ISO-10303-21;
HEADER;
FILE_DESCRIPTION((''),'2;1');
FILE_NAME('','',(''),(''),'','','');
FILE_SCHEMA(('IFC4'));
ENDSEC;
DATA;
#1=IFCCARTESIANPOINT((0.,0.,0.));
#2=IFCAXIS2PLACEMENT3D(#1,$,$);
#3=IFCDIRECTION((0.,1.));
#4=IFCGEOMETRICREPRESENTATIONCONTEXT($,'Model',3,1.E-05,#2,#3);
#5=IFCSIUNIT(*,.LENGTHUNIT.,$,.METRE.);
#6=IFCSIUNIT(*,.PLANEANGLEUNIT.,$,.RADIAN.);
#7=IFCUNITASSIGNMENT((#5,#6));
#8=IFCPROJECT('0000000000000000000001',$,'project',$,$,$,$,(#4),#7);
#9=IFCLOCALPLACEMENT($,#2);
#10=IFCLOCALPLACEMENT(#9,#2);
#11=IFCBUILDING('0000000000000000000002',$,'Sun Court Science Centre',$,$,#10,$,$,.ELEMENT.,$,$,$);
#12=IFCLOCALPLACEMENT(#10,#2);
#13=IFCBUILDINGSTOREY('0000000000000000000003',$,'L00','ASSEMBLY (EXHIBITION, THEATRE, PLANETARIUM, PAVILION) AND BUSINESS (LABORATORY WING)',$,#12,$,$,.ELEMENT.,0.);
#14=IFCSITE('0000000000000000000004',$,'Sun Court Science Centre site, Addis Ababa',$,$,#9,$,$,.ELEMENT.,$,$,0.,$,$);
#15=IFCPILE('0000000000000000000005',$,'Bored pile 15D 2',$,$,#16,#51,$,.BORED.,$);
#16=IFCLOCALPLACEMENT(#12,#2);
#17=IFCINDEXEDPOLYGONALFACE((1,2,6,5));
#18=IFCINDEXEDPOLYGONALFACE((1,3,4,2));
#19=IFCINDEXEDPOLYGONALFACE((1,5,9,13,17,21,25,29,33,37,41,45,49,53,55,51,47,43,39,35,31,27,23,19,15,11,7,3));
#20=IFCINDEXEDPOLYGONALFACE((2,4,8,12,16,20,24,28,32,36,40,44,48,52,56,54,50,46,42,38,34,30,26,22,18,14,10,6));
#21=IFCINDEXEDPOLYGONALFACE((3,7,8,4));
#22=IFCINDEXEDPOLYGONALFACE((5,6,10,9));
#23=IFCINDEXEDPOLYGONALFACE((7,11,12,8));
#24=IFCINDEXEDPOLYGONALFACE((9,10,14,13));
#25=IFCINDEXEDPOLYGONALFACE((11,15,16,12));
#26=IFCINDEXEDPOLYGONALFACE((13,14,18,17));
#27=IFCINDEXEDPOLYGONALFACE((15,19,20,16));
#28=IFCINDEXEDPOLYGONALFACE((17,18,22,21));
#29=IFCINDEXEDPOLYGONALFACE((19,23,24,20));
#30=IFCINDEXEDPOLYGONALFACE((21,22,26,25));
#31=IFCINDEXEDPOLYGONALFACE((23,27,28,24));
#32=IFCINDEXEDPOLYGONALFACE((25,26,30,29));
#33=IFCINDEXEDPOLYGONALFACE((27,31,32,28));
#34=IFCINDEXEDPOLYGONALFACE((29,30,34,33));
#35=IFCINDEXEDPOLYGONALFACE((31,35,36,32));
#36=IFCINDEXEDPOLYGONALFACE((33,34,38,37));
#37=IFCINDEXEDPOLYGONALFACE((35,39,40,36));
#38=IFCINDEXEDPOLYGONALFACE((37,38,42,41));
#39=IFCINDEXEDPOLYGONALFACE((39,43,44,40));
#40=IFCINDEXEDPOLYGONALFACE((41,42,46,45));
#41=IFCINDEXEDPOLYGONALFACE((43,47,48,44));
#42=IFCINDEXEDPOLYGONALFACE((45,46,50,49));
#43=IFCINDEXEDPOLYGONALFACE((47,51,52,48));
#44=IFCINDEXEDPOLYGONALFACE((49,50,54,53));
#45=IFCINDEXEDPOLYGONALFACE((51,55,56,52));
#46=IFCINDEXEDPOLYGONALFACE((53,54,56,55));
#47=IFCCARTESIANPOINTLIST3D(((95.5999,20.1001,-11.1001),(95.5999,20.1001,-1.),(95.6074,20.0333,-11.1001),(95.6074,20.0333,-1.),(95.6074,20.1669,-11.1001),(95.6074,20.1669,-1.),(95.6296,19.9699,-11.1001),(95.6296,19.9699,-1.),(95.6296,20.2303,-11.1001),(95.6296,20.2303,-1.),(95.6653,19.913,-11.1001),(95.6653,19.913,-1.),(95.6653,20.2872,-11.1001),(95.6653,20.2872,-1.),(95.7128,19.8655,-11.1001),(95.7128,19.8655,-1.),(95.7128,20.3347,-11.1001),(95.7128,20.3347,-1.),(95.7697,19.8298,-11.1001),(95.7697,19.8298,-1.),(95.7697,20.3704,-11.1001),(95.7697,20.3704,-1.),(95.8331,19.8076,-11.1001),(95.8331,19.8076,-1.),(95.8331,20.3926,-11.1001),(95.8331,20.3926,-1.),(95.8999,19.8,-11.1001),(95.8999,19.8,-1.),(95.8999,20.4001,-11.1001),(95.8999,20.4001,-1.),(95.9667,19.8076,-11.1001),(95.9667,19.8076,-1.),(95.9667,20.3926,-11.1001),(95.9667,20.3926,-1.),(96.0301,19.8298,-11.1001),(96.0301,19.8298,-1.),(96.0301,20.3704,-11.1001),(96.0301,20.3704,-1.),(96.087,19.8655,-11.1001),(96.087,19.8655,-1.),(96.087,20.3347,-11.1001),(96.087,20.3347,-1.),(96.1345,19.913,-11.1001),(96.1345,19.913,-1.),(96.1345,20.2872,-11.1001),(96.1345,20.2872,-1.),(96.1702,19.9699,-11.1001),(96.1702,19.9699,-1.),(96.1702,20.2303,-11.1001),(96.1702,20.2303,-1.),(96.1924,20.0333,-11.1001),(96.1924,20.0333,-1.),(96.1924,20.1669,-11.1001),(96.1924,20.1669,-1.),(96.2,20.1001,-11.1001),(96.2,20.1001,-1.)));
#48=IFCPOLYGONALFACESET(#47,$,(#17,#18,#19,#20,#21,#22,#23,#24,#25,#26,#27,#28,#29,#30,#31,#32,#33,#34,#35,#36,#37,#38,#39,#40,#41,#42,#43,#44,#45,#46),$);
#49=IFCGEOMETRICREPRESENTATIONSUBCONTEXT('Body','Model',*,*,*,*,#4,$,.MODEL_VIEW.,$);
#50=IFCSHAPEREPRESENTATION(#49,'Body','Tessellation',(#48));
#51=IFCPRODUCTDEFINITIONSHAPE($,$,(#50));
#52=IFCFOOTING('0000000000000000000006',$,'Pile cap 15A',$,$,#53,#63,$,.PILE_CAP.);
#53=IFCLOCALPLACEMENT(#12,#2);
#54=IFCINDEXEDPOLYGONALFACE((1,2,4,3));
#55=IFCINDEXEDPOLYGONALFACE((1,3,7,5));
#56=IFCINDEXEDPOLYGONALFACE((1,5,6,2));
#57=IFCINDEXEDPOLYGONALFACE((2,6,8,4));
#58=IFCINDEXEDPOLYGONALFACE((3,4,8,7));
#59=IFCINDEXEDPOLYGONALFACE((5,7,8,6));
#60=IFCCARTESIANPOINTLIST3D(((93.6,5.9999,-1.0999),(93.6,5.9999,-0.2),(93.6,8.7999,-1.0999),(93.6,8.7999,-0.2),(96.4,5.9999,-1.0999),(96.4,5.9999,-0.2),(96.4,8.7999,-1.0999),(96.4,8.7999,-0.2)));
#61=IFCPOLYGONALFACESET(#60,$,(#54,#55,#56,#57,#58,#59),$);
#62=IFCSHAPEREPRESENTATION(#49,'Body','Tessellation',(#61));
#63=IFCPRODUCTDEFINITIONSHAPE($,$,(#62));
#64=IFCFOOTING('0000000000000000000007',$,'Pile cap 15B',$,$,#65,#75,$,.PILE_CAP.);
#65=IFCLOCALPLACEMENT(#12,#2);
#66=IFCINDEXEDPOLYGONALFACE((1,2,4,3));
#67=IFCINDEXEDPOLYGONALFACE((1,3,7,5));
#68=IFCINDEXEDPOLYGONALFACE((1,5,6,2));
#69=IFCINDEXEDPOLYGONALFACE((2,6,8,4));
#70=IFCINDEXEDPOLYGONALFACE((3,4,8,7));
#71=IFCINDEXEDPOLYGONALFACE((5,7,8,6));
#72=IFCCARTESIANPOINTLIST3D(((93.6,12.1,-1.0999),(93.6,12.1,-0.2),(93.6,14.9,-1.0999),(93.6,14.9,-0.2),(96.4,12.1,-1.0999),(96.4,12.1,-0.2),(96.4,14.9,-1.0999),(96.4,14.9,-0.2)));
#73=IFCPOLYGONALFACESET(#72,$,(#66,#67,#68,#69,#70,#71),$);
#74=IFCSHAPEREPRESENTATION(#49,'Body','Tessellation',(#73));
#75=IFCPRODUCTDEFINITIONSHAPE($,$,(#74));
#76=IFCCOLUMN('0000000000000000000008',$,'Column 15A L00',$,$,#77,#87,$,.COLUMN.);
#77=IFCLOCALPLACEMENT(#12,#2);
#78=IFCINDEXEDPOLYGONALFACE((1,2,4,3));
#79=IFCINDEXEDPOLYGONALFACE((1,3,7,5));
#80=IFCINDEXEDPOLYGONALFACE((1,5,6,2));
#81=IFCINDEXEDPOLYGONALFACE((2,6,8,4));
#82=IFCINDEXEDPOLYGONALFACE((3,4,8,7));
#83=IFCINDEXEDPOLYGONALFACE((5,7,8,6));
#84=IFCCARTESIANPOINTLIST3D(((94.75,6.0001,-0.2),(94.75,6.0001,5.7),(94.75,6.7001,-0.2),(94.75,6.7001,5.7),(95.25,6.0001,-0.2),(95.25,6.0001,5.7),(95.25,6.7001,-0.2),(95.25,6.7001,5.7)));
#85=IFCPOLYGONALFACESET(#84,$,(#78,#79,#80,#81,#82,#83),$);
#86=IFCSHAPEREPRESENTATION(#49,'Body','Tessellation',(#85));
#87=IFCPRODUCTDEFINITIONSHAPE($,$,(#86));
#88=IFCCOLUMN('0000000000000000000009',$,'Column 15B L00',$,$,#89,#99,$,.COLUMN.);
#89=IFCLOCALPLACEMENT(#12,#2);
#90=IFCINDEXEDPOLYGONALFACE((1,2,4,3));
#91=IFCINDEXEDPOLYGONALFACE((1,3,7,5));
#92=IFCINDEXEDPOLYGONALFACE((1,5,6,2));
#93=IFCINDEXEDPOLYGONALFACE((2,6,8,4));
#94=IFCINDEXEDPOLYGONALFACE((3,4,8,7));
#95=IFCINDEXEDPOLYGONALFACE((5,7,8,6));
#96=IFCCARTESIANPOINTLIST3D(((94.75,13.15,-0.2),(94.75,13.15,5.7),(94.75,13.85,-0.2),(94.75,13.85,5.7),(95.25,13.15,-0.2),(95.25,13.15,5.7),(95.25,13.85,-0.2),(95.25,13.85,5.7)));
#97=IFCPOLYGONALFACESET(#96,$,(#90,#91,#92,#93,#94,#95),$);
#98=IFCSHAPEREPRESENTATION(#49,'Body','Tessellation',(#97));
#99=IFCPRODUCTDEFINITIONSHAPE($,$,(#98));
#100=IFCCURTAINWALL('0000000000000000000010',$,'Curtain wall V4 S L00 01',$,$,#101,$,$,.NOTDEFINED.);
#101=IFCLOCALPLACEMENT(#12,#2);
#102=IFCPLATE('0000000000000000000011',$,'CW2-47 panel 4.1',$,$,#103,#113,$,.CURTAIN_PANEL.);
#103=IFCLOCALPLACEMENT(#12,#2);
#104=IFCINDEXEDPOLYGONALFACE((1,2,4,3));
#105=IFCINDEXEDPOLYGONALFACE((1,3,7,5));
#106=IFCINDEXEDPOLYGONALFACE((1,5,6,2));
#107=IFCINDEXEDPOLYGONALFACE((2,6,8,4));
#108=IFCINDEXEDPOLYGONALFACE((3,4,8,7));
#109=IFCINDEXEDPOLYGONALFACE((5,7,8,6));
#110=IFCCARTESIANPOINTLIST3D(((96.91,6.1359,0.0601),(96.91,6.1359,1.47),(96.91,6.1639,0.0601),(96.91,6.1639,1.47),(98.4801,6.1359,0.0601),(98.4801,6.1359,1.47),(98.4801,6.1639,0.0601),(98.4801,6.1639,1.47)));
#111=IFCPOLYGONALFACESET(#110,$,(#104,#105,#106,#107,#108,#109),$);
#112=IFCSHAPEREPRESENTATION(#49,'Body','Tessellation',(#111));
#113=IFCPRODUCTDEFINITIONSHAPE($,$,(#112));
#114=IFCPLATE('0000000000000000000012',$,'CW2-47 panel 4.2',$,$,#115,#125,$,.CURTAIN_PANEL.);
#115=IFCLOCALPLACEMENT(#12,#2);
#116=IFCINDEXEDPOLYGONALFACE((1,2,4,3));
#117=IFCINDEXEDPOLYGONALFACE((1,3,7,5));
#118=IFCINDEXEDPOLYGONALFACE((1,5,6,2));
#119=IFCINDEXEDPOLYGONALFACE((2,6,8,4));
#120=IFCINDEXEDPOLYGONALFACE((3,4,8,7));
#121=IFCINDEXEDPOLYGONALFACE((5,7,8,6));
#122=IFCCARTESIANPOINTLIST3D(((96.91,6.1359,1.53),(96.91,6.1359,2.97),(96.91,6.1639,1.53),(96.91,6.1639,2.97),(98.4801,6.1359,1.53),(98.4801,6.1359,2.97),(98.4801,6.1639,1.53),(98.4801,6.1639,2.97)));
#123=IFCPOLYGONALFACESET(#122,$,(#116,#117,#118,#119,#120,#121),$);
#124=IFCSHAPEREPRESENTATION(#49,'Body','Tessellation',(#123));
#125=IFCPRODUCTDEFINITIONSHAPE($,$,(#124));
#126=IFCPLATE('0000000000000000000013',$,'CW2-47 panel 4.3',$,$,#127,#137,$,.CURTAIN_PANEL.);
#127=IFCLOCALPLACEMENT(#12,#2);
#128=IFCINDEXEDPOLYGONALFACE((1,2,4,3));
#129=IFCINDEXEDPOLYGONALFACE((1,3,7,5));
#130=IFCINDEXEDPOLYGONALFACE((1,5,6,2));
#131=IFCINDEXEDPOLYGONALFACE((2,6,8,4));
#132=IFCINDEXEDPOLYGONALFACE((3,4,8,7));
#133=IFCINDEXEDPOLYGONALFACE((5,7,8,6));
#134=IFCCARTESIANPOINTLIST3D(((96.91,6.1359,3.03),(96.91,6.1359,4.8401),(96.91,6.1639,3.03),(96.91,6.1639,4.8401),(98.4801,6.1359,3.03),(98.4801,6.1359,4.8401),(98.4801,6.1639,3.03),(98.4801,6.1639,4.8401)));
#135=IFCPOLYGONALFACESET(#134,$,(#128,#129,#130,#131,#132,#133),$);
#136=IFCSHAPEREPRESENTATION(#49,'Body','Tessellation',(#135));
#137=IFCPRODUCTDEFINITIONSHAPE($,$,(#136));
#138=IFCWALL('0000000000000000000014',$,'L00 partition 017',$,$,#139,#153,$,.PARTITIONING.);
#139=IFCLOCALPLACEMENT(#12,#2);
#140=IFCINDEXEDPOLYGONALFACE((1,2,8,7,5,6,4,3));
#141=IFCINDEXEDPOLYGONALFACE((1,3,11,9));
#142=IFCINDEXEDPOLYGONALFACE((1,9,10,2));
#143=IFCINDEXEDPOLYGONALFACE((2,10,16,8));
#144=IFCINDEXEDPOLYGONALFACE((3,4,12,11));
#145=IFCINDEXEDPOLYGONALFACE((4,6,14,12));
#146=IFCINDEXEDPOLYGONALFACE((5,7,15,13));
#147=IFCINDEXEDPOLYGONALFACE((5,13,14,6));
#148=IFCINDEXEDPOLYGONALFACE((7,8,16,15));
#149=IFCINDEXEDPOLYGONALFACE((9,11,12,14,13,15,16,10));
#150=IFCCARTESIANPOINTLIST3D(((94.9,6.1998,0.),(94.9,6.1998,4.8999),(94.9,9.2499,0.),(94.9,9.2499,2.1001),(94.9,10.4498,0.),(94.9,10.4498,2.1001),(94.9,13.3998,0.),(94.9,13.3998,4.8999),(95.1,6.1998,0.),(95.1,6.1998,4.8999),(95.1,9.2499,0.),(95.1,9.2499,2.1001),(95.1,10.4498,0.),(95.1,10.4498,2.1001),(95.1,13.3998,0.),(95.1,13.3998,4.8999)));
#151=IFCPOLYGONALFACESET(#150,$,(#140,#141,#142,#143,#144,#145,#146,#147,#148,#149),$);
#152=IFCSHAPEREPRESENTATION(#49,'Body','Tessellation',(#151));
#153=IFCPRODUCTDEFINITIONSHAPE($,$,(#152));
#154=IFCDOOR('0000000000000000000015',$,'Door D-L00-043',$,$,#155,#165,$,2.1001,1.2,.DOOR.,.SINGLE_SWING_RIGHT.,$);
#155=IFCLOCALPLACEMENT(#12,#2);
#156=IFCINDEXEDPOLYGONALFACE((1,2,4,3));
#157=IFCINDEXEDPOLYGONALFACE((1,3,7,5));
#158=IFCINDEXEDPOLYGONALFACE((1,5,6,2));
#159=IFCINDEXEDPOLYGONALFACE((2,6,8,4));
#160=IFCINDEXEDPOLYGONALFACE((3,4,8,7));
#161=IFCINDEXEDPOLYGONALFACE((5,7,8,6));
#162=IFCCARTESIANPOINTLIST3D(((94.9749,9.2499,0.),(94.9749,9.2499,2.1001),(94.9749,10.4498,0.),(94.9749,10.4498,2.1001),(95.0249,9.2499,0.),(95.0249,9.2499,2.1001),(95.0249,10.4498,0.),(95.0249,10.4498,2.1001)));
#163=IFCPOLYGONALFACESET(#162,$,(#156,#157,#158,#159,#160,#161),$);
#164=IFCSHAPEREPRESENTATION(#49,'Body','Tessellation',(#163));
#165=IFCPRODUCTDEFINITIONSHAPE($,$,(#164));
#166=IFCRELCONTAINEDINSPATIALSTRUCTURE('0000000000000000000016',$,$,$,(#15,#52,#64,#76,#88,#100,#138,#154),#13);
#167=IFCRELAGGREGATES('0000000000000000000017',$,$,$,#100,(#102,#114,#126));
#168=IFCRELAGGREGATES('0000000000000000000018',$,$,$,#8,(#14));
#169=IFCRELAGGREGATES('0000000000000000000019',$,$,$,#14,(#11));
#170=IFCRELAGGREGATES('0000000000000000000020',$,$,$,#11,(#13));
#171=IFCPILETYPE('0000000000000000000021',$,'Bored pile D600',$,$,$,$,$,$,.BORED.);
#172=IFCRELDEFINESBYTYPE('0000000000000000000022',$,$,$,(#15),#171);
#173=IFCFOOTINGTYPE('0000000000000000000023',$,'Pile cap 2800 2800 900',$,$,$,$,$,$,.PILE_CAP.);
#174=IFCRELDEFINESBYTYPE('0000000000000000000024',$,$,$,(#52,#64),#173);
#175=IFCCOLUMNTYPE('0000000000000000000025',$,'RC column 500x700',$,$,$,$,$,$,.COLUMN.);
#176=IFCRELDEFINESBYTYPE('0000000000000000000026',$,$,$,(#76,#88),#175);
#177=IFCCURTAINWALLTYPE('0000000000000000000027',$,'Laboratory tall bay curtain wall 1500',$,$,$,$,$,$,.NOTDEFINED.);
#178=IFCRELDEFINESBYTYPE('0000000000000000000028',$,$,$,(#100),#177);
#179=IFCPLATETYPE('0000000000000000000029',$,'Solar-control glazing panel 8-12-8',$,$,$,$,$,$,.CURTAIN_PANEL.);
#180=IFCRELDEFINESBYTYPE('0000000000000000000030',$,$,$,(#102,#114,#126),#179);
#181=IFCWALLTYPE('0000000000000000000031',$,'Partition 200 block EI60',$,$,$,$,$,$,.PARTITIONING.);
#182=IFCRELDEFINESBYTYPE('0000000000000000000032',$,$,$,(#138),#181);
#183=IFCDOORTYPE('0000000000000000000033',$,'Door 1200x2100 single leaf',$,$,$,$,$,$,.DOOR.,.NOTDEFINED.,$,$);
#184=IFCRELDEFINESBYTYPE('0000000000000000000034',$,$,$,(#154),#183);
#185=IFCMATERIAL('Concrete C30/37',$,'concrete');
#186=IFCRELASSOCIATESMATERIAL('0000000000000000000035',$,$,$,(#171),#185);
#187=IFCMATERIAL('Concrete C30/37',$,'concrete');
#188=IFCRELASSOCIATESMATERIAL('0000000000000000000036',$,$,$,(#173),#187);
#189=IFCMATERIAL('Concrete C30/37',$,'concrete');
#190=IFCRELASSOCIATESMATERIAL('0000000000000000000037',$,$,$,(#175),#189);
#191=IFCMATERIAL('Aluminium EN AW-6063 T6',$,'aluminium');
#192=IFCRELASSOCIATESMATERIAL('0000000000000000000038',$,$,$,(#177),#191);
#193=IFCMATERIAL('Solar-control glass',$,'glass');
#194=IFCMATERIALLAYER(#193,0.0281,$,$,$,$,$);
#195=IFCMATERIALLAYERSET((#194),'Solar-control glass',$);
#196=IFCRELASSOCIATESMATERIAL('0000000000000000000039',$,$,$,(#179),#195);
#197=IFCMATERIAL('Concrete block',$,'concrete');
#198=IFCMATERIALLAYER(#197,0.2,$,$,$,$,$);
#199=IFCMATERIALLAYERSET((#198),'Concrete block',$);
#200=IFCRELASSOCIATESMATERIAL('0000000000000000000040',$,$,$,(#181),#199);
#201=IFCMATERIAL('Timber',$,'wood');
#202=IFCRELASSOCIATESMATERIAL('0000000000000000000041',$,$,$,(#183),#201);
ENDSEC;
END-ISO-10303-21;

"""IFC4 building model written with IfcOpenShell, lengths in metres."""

from ifc_helpers import new_model, si_unit, direction, frame, frame_2d, origin, origin_2d, place, context, subcontext, project, spatial, rectangle, circle, extrude, material, layer, layer_set, material_profile, profile_set, type_object, element, fill, aggregate, save


model = new_model("IFC4")

# Units and contexts
model_context = context("Model", 3, precision=1e-05, world=origin(), true_north=direction((0.0, 1.0)))
body_context = subcontext(model_context, "Body", "Model", "MODEL_VIEW")
ifc_project = project(units=[si_unit("LENGTHUNIT", "METRE"), si_unit("PLANEANGLEUNIT", "RADIAN")], contexts=[model_context])

# Site, building, storey
site_placement = place(None, origin())
site = spatial("IfcSite", under=ifc_project, at=site_placement, Name="Sun Court Science Centre site, Addis Ababa", CompositionType="ELEMENT", RefElevation=0.0)
building_placement = place(site_placement, origin())
building = spatial("IfcBuilding", under=site, at=building_placement, Name="Sun Court Science Centre", CompositionType="ELEMENT")
storey_placement = place(building_placement, origin())
storey = spatial("IfcBuildingStorey", under=building, at=storey_placement, Name="L00", Description="ASSEMBLY (EXHIBITION, THEATRE, PLANETARIUM, PAVILION) AND BUSINESS (LABORATORY WING)", CompositionType="ELEMENT", Elevation=0.0)

# Pile
ifc_material_1 = material(Name="Concrete C30/37", Category="concrete")
ifc_material_profile_1 = material_profile(ifc_material_1, circle(Radius=0.3, at=origin_2d()), Name="RC D600")
ifc_profile_set_1 = profile_set([ifc_material_profile_1], Name="Concrete C30/37")
pile_type = type_object("IfcPileType", Name="Bored pile D600", PredefinedType="BORED", material=ifc_profile_set_1)
for number, where, z_axis, x_axis, name in (
    (1, (95.8999, 20.1001, -1.0), (0.0, 0.0, -1.0), (1.0, 0.0, 0.0), "Bored pile 15D 2"),
):
    element("IfcPile", number, at=place(storey_placement, frame(where, z_axis=z_axis, x_axis=x_axis)), inside=storey, type_object=pile_type, Name=name, PredefinedType="BORED", context=body_context, shape_type="SweptSolid", body=[
        extrude(circle(Radius=0.3, at=origin_2d()), origin(), (0.0, 0.0, 1.0), 10.1001),
    ])

# Footings
ifc_material_2 = material(Name="Concrete C30/37", Category="concrete")
footing_type = type_object("IfcFootingType", Name="Pile cap 2800 2800 900", PredefinedType="PILE_CAP", material=ifc_material_2)
for number, where, z_axis, x_axis, name in (
    (2, (95.0, 7.3999, -1.0999), (0.0, 0.0, 1.0), (1.0, 0.0, 0.0), "Pile cap 15A"),
    (3, (95.0, 13.5, -1.0999), (0.0, 0.0, 1.0), (1.0, 0.0, 0.0), "Pile cap 15B"),
):
    element("IfcFooting", number, at=place(storey_placement, frame(where, z_axis=z_axis, x_axis=x_axis)), inside=storey, type_object=footing_type, Name=name, PredefinedType="PILE_CAP", context=body_context, shape_type="SweptSolid", body=[
        extrude(rectangle(XDim=2.8, YDim=2.8, at=origin_2d()), origin(), (0.0, 0.0, 1.0), 0.8999),
    ])

# Columns
ifc_material_3 = material(Name="Concrete C30/37", Category="concrete")
ifc_material_profile_2 = material_profile(ifc_material_3, rectangle(XDim=0.5, YDim=0.7, at=origin_2d()), Name="RC 500x700")
ifc_profile_set_2 = profile_set([ifc_material_profile_2], Name="Concrete C30/37")
column_type = type_object("IfcColumnType", Name="RC column 500x700", PredefinedType="COLUMN", material=ifc_profile_set_2)
for number, where, z_axis, x_axis, name in (
    (4, (95.0, 6.3501, -0.2), (0.0, 0.0, 1.0), (1.0, 0.0, 0.0), "Column 15A L00"),
    (5, (95.0, 13.5, -0.2), (0.0, 0.0, 1.0), (1.0, 0.0, 0.0), "Column 15B L00"),
):
    element("IfcColumn", number, at=place(storey_placement, frame(where, z_axis=z_axis, x_axis=x_axis)), inside=storey, type_object=column_type, Name=name, PredefinedType="COLUMN", context=body_context, shape_type="SweptSolid", body=[
        extrude(rectangle(XDim=0.5, YDim=0.7, at=origin_2d()), origin(), (0.0, 0.0, 1.0), 5.8999),
    ])

# Curtain wall, plates
ifc_material_4 = material(Name="Aluminium EN AW-6063 T6", Category="aluminium")
curtain_wall_type = type_object("IfcCurtainWallType", Name="Laboratory tall bay curtain wall 1500", PredefinedType="NOTDEFINED", material=ifc_material_4)
curtain_wall_placement = place(storey_placement, origin())
curtain_wall = element("IfcCurtainWall", 6, at=curtain_wall_placement, inside=storey, type_object=curtain_wall_type, Name="Curtain wall V4 S L00 01", PredefinedType="NOTDEFINED")
ifc_material_5 = material(Name="Solar-control glass", Category="glass")
ifc_layer_1 = layer(ifc_material_5, 0.0281)
ifc_layer_set_1 = layer_set([ifc_layer_1], Name="Solar-control glass")
plate_type = type_object("IfcPlateType", Name="Solar-control glazing panel 8-12-8", PredefinedType="CURTAIN_PANEL", material=ifc_layer_set_1)
plate_1_placement = place(storey_placement, frame((97.6951, 6.1499, 0.0601), z_axis=(0.0, 0.0, 1.0), x_axis=(-1.0, 0.0, 0.0)))
plate_1 = element("IfcPlate", 7, at=plate_1_placement, type_object=plate_type, Name="CW2-47 panel 4.1", PredefinedType="CURTAIN_PANEL", context=body_context, shape_type="SweptSolid", body=[
    extrude(rectangle(XDim=1.5701, YDim=0.0281, at=origin_2d()), origin(), (0.0, 0.0, 1.0), 1.4099),
])
plate_2_placement = place(storey_placement, frame((97.6951, 6.1499, 1.53), z_axis=(0.0, 0.0, 1.0), x_axis=(-1.0, 0.0, 0.0)))
plate_2 = element("IfcPlate", 8, at=plate_2_placement, type_object=plate_type, Name="CW2-47 panel 4.2", PredefinedType="CURTAIN_PANEL", context=body_context, shape_type="SweptSolid", body=[
    extrude(rectangle(XDim=1.5701, YDim=0.0281, at=origin_2d()), origin(), (0.0, 0.0, 1.0), 1.4399),
])
plate_3_placement = place(storey_placement, frame((97.6951, 6.1499, 3.03), z_axis=(0.0, 0.0, 1.0), x_axis=(-1.0, 0.0, 0.0)))
plate_3 = element("IfcPlate", 9, at=plate_3_placement, type_object=plate_type, Name="CW2-47 panel 4.3", PredefinedType="CURTAIN_PANEL", context=body_context, shape_type="SweptSolid", body=[
    extrude(rectangle(XDim=1.5701, YDim=0.0281, at=origin_2d()), origin(), (0.0, 0.0, 1.0), 1.8101),
])
aggregate(curtain_wall, [plate_1, plate_2, plate_3])

# Wall, opening, door
ifc_material_6 = material(Name="Concrete block", Category="concrete")
ifc_layer_2 = layer(ifc_material_6, 0.2)
ifc_layer_set_2 = layer_set([ifc_layer_2], Name="Concrete block")
wall_type = type_object("IfcWallType", Name="Partition 200 block EI60", PredefinedType="PARTITIONING", material=ifc_layer_set_2)
wall_placement = place(storey_placement, frame((95.0, 13.3999, 0.0), z_axis=(0.0, 0.0, 1.0), x_axis=(0.0, -1.0, 0.0)))
wall = element("IfcWall", 10, at=wall_placement, inside=storey, type_object=wall_type, Name="L00 partition 017", PredefinedType="PARTITIONING", context=body_context, shape_type="SweptSolid", body=[
    extrude(rectangle(XDim=7.2, YDim=0.2, at=frame_2d((3.6001, 0.0))), origin(), (0.0, 0.0, 1.0), 4.8999),
])
opening_placement = place(wall_placement, frame((2.95, 0.0, 0.0)))
opening = element("IfcOpeningElement", 11, at=opening_placement, cuts=wall, PredefinedType="OPENING", context=body_context, shape_type="SweptSolid", body=[
    extrude(rectangle(XDim=1.2, YDim=2.1001, at=frame_2d((0.6001, 1.05))), frame((0.0, 0.1099, 0.0), z_axis=(0.0, -1.0, 0.0), x_axis=(1.0, 0.0, 0.0)), (0.0, 0.0, 1.0), 0.22),
])
ifc_material_7 = material(Name="Timber", Category="wood")
door_type = type_object("IfcDoorType", Name="Door 1200x2100 single leaf", OperationType="NOTDEFINED", PredefinedType="DOOR", material=ifc_material_7)
door_placement = place(opening_placement, origin())
door = element("IfcDoor", 12, at=door_placement, inside=storey, type_object=door_type, Name="Door D-L00-043", OperationType="SINGLE_SWING_RIGHT", OverallHeight=2.1001, OverallWidth=1.2, PredefinedType="DOOR", context=body_context, shape_type="SweptSolid", body=[
    extrude(rectangle(XDim=1.2, YDim=2.1001, at=frame_2d((0.6001, 1.05))), frame((0.0, 0.0249, 0.0), z_axis=(0.0, -1.0, 0.0), x_axis=(1.0, 0.0, 0.0)), (0.0, 0.0, 1.0), 0.05),
])
fill(opening, door)

save(model, "model.ifc")
